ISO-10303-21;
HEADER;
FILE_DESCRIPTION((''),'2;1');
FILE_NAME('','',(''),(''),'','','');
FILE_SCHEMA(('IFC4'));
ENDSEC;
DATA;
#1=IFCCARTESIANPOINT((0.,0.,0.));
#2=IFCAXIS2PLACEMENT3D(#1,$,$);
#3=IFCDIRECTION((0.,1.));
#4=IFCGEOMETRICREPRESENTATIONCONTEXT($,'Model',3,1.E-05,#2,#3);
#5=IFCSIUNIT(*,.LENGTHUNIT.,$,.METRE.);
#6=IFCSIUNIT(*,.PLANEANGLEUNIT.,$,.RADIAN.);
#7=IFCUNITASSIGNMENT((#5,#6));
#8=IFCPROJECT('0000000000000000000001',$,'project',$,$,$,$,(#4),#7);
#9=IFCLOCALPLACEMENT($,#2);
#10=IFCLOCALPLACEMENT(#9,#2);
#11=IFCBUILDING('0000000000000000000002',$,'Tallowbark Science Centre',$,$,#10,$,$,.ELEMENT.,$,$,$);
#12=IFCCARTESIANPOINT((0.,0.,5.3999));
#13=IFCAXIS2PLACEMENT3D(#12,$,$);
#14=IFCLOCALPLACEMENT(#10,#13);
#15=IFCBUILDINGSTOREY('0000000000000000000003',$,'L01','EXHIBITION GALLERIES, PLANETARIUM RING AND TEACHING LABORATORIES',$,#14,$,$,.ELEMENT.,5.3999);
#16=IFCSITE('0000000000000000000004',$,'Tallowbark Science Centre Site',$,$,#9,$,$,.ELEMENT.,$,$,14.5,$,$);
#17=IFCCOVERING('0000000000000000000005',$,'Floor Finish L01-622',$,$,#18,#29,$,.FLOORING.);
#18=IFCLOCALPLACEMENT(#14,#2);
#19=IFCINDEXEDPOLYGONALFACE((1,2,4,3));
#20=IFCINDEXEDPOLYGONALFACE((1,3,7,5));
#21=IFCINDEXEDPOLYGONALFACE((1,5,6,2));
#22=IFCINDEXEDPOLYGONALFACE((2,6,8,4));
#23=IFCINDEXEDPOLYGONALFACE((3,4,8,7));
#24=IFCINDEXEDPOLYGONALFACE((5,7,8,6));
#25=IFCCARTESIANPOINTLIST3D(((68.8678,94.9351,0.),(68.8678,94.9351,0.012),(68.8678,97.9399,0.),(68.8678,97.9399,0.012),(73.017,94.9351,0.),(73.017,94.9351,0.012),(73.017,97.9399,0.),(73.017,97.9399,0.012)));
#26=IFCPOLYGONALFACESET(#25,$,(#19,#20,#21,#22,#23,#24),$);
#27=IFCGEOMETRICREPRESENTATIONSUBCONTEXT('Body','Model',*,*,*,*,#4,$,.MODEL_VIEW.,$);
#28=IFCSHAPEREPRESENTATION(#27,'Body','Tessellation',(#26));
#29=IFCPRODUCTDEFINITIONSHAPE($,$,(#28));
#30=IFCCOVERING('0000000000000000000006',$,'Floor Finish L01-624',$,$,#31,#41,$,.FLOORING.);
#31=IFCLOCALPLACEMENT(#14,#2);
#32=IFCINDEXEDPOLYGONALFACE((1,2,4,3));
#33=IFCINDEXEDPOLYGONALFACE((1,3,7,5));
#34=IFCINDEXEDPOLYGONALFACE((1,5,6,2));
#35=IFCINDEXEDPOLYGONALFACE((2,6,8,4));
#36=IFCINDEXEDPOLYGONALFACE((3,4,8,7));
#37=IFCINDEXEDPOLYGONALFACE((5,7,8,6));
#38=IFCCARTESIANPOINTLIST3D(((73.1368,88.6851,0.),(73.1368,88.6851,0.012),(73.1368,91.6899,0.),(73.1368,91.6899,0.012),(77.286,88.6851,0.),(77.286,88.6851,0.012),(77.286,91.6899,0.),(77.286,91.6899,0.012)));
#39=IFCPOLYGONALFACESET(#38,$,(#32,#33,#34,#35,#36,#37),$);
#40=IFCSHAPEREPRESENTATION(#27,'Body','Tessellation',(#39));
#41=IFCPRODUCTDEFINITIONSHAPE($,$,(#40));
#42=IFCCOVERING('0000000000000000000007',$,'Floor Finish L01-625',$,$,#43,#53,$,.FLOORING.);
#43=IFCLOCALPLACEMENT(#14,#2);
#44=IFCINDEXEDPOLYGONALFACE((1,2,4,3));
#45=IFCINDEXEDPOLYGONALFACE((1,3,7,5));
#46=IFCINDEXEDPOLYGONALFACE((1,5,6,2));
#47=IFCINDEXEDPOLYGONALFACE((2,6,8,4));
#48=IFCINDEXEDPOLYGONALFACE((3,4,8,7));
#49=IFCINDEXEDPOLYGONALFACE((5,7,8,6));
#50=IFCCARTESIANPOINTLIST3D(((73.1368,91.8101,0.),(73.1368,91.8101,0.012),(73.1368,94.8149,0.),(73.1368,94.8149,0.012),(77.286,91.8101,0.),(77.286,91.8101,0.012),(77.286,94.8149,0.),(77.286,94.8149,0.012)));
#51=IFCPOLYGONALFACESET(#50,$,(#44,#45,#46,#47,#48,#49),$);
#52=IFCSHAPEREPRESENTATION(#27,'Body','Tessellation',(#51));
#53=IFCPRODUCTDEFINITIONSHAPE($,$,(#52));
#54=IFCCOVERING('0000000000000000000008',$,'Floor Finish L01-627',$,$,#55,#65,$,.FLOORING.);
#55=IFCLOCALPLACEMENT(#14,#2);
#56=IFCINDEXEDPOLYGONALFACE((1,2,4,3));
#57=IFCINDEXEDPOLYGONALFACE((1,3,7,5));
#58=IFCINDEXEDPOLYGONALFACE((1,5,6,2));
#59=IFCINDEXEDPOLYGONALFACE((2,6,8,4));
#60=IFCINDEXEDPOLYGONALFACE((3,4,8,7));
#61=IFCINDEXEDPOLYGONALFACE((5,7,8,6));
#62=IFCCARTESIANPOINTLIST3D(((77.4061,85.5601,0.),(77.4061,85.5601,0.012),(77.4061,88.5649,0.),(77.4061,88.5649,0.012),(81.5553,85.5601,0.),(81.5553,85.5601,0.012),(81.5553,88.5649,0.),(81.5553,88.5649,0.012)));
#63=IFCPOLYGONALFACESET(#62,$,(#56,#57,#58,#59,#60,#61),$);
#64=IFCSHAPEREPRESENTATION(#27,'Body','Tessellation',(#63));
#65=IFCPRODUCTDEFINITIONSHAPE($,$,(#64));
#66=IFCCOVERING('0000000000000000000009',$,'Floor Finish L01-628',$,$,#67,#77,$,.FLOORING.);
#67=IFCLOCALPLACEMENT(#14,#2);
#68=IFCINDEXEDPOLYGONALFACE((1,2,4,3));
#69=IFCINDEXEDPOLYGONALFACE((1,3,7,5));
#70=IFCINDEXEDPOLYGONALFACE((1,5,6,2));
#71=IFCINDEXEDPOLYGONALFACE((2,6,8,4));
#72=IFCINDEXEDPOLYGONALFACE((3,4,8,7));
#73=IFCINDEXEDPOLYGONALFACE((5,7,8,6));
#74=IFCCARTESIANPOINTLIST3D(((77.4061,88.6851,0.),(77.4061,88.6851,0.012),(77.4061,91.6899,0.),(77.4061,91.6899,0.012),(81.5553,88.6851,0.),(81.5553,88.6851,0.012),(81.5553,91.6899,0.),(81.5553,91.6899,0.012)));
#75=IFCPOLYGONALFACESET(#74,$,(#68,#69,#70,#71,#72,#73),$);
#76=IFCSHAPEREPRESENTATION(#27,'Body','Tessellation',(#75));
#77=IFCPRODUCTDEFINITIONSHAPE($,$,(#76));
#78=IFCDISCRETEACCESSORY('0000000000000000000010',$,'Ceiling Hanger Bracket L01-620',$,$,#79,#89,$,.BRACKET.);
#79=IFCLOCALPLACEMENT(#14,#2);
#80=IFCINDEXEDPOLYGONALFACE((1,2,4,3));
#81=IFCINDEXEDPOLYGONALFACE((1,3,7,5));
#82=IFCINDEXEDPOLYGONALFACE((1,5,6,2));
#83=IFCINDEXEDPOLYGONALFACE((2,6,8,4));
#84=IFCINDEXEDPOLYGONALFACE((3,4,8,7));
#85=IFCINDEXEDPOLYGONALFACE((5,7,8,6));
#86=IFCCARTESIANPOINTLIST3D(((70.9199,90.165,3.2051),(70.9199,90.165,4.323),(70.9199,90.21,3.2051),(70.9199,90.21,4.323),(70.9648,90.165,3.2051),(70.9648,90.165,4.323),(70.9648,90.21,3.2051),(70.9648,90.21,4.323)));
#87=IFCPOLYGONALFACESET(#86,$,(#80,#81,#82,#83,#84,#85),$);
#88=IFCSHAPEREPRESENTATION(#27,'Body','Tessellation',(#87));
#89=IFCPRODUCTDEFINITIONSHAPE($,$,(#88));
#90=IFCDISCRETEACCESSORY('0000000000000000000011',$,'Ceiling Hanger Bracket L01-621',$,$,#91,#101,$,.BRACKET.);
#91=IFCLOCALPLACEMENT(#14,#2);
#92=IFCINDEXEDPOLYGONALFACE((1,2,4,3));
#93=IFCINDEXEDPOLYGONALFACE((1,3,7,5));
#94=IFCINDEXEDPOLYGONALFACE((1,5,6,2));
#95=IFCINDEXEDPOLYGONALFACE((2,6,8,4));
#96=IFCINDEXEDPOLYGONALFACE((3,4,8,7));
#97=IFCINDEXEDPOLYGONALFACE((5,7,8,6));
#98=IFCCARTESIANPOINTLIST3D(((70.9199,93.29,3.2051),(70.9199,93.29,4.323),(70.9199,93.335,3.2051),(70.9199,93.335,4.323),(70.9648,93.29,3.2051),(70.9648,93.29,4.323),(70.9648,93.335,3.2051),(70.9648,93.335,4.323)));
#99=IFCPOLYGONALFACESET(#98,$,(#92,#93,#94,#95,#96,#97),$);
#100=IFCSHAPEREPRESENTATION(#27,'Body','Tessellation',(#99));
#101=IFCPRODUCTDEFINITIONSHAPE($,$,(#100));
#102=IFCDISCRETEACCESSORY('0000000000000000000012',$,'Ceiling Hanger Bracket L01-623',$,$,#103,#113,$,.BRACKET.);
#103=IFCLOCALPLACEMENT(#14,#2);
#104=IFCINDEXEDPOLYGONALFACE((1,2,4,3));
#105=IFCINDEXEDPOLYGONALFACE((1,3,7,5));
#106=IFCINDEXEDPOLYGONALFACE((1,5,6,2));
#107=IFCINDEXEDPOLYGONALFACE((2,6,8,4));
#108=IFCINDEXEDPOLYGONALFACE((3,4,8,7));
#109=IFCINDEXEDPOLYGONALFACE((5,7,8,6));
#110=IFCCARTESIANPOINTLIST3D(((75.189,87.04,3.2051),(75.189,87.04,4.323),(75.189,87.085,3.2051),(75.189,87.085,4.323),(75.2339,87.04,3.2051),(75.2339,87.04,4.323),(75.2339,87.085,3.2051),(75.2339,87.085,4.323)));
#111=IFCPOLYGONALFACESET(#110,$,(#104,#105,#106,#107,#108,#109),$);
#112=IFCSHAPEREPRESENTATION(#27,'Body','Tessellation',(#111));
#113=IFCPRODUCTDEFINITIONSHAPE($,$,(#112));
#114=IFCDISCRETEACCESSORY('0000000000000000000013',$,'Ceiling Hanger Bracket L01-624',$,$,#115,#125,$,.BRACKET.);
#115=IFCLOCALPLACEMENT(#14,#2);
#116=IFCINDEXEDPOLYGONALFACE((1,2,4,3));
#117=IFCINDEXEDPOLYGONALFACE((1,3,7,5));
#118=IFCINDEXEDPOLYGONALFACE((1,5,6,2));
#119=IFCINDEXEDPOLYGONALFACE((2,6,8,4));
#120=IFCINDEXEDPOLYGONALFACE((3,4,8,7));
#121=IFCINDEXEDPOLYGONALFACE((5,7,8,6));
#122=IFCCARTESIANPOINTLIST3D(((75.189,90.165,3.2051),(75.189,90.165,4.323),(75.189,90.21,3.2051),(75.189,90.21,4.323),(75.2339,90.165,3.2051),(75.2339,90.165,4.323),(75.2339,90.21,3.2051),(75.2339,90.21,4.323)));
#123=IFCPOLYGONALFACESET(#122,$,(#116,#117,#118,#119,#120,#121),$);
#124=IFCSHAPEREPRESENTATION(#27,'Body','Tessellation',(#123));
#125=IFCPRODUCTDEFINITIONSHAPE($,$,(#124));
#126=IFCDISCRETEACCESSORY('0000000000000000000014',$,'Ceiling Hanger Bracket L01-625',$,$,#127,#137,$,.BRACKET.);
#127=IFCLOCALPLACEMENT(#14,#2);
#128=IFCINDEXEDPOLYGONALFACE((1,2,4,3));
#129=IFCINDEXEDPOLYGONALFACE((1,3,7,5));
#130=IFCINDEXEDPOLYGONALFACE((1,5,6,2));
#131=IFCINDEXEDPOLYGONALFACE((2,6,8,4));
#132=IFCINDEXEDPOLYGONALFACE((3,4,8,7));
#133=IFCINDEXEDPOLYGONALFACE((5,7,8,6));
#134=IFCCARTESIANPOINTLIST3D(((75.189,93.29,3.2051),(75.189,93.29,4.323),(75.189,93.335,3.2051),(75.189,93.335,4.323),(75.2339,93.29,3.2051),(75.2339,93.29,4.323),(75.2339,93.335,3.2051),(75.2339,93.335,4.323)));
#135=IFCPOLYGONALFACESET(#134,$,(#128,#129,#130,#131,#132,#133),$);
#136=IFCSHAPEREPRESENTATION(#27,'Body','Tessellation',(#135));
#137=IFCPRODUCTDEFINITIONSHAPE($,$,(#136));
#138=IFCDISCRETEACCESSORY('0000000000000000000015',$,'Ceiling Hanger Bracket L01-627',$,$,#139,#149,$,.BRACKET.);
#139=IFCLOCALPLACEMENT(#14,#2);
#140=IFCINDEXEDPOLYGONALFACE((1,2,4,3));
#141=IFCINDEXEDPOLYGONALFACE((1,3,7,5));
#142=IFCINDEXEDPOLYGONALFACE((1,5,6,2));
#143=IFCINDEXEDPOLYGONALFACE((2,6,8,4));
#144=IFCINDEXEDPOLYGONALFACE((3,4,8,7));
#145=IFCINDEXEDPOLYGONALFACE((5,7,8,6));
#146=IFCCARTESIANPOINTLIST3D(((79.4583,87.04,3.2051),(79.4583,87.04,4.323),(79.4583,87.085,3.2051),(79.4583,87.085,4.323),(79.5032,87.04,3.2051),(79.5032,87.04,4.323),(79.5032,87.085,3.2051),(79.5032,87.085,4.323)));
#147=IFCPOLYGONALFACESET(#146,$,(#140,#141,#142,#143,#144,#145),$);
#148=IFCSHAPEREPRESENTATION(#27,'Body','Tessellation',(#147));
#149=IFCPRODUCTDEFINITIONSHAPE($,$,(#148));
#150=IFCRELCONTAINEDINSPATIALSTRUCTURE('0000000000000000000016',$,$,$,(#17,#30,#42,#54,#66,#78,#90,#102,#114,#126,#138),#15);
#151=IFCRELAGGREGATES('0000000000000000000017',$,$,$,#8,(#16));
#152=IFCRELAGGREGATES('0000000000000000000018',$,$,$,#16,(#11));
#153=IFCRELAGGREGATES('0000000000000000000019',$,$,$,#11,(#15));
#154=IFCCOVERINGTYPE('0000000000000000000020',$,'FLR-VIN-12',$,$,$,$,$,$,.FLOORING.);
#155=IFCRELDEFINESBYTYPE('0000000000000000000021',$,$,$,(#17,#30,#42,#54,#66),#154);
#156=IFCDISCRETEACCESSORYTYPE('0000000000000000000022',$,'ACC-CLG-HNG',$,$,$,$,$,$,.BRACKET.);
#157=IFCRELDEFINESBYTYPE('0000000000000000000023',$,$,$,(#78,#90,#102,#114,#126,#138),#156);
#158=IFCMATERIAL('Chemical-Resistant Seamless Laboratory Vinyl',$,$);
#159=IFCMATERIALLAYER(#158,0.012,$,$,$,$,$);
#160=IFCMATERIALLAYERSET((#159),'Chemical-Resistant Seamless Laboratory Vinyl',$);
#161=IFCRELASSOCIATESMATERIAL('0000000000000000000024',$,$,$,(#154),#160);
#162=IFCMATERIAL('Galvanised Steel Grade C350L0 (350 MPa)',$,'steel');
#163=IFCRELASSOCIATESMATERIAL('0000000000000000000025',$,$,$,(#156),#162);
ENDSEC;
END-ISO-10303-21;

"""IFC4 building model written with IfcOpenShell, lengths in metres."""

from ifc_helpers import new_model, si_unit, direction, frame, origin, origin_2d, place, context, subcontext, project, spatial, rectangle, extrude, material, layer, layer_set, type_object, element, save


model = new_model("IFC4")

# Units and contexts
model_context = context("Model", 3, precision=1e-05, world=origin(), true_north=direction((0.0, 1.0)))
body_context = subcontext(model_context, "Body", "Model", "MODEL_VIEW")
ifc_project = project(units=[si_unit("LENGTHUNIT", "METRE"), si_unit("PLANEANGLEUNIT", "RADIAN")], contexts=[model_context])

# Site, building, storey
site_placement = place(None, origin())
site = spatial("IfcSite", under=ifc_project, at=site_placement, Name="Tallowbark Science Centre Site", CompositionType="ELEMENT", RefElevation=14.5)
building_placement = place(site_placement, origin())
building = spatial("IfcBuilding", under=site, at=building_placement, Name="Tallowbark Science Centre", CompositionType="ELEMENT")
storey_placement = place(building_placement, frame((0.0, 0.0, 5.3999)))
storey = spatial("IfcBuildingStorey", under=building, at=storey_placement, Name="L01", Description="EXHIBITION GALLERIES, PLANETARIUM RING AND TEACHING LABORATORIES", CompositionType="ELEMENT", Elevation=5.3999)

# Coverings
ifc_material_1 = material(Name="Chemical-Resistant Seamless Laboratory Vinyl")
ifc_layer_1 = layer(ifc_material_1, 0.012)
ifc_layer_set_1 = layer_set([ifc_layer_1], Name="Chemical-Resistant Seamless Laboratory Vinyl")
covering_type_1 = type_object("IfcCoveringType", Name="FLR-VIN-12", PredefinedType="FLOORING", material=ifc_layer_set_1)
for number, where, z_axis, x_axis, name in (
    (1, (70.9424, 96.4375, 0.0), (0.0, 0.0, 1.0), (1.0, 0.0, 0.0), "Floor Finish L01-622"),
    (2, (75.2114, 90.1875, 0.0), (0.0, 0.0, 1.0), (1.0, 0.0, 0.0), "Floor Finish L01-624"),
    (3, (75.2114, 93.3125, 0.0), (0.0, 0.0, 1.0), (1.0, 0.0, 0.0), "Floor Finish L01-625"),
    (4, (79.4807, 87.0625, 0.0), (0.0, 0.0, 1.0), (1.0, 0.0, 0.0), "Floor Finish L01-627"),
    (5, (79.4807, 90.1875, 0.0), (0.0, 0.0, 1.0), (1.0, 0.0, 0.0), "Floor Finish L01-628"),
):
    element("IfcCovering", number, at=place(storey_placement, frame(where, z_axis=z_axis, x_axis=x_axis)), inside=storey, type_object=covering_type_1, Name=name, PredefinedType="FLOORING", context=body_context, shape_type="SweptSolid", body=[
        extrude(rectangle(XDim=4.1492, YDim=3.0049, at=origin_2d()), origin(), (0.0, 0.0, 1.0), 0.012),
    ])

# Discrete accessories
ifc_material_2 = material(Name="Galvanised Steel Grade C350L0 (350 MPa)", Category="steel")
discrete_accessory_type = type_object("IfcDiscreteAccessoryType", Name="ACC-CLG-HNG", PredefinedType="BRACKET", material=ifc_material_2)
for number, where, z_axis, x_axis, name in (
    (6, (70.9424, 90.1875, 3.2051), (0.0, 0.0, 1.0), (1.0, 0.0, 0.0), "Ceiling Hanger Bracket L01-620"),
    (7, (70.9424, 93.3125, 3.2051), (0.0, 0.0, 1.0), (1.0, 0.0, 0.0), "Ceiling Hanger Bracket L01-621"),
    (8, (75.2114, 87.0625, 3.2051), (0.0, 0.0, 1.0), (1.0, 0.0, 0.0), "Ceiling Hanger Bracket L01-623"),
    (9, (75.2114, 90.1875, 3.2051), (0.0, 0.0, 1.0), (1.0, 0.0, 0.0), "Ceiling Hanger Bracket L01-624"),
    (10, (75.2114, 93.3125, 3.2051), (0.0, 0.0, 1.0), (1.0, 0.0, 0.0), "Ceiling Hanger Bracket L01-625"),
    (11, (79.4807, 87.0625, 3.2051), (0.0, 0.0, 1.0), (1.0, 0.0, 0.0), "Ceiling Hanger Bracket L01-627"),
):
    element("IfcDiscreteAccessory", number, at=place(storey_placement, frame(where, z_axis=z_axis, x_axis=x_axis)), inside=storey, type_object=discrete_accessory_type, Name=name, PredefinedType="BRACKET", context=body_context, shape_type="SweptSolid", body=[
        extrude(rectangle(XDim=0.0449, YDim=0.0449, at=origin_2d()), origin(), (0.0, 0.0, 1.0), 1.1179),
    ])

save(model, "model.ifc")
